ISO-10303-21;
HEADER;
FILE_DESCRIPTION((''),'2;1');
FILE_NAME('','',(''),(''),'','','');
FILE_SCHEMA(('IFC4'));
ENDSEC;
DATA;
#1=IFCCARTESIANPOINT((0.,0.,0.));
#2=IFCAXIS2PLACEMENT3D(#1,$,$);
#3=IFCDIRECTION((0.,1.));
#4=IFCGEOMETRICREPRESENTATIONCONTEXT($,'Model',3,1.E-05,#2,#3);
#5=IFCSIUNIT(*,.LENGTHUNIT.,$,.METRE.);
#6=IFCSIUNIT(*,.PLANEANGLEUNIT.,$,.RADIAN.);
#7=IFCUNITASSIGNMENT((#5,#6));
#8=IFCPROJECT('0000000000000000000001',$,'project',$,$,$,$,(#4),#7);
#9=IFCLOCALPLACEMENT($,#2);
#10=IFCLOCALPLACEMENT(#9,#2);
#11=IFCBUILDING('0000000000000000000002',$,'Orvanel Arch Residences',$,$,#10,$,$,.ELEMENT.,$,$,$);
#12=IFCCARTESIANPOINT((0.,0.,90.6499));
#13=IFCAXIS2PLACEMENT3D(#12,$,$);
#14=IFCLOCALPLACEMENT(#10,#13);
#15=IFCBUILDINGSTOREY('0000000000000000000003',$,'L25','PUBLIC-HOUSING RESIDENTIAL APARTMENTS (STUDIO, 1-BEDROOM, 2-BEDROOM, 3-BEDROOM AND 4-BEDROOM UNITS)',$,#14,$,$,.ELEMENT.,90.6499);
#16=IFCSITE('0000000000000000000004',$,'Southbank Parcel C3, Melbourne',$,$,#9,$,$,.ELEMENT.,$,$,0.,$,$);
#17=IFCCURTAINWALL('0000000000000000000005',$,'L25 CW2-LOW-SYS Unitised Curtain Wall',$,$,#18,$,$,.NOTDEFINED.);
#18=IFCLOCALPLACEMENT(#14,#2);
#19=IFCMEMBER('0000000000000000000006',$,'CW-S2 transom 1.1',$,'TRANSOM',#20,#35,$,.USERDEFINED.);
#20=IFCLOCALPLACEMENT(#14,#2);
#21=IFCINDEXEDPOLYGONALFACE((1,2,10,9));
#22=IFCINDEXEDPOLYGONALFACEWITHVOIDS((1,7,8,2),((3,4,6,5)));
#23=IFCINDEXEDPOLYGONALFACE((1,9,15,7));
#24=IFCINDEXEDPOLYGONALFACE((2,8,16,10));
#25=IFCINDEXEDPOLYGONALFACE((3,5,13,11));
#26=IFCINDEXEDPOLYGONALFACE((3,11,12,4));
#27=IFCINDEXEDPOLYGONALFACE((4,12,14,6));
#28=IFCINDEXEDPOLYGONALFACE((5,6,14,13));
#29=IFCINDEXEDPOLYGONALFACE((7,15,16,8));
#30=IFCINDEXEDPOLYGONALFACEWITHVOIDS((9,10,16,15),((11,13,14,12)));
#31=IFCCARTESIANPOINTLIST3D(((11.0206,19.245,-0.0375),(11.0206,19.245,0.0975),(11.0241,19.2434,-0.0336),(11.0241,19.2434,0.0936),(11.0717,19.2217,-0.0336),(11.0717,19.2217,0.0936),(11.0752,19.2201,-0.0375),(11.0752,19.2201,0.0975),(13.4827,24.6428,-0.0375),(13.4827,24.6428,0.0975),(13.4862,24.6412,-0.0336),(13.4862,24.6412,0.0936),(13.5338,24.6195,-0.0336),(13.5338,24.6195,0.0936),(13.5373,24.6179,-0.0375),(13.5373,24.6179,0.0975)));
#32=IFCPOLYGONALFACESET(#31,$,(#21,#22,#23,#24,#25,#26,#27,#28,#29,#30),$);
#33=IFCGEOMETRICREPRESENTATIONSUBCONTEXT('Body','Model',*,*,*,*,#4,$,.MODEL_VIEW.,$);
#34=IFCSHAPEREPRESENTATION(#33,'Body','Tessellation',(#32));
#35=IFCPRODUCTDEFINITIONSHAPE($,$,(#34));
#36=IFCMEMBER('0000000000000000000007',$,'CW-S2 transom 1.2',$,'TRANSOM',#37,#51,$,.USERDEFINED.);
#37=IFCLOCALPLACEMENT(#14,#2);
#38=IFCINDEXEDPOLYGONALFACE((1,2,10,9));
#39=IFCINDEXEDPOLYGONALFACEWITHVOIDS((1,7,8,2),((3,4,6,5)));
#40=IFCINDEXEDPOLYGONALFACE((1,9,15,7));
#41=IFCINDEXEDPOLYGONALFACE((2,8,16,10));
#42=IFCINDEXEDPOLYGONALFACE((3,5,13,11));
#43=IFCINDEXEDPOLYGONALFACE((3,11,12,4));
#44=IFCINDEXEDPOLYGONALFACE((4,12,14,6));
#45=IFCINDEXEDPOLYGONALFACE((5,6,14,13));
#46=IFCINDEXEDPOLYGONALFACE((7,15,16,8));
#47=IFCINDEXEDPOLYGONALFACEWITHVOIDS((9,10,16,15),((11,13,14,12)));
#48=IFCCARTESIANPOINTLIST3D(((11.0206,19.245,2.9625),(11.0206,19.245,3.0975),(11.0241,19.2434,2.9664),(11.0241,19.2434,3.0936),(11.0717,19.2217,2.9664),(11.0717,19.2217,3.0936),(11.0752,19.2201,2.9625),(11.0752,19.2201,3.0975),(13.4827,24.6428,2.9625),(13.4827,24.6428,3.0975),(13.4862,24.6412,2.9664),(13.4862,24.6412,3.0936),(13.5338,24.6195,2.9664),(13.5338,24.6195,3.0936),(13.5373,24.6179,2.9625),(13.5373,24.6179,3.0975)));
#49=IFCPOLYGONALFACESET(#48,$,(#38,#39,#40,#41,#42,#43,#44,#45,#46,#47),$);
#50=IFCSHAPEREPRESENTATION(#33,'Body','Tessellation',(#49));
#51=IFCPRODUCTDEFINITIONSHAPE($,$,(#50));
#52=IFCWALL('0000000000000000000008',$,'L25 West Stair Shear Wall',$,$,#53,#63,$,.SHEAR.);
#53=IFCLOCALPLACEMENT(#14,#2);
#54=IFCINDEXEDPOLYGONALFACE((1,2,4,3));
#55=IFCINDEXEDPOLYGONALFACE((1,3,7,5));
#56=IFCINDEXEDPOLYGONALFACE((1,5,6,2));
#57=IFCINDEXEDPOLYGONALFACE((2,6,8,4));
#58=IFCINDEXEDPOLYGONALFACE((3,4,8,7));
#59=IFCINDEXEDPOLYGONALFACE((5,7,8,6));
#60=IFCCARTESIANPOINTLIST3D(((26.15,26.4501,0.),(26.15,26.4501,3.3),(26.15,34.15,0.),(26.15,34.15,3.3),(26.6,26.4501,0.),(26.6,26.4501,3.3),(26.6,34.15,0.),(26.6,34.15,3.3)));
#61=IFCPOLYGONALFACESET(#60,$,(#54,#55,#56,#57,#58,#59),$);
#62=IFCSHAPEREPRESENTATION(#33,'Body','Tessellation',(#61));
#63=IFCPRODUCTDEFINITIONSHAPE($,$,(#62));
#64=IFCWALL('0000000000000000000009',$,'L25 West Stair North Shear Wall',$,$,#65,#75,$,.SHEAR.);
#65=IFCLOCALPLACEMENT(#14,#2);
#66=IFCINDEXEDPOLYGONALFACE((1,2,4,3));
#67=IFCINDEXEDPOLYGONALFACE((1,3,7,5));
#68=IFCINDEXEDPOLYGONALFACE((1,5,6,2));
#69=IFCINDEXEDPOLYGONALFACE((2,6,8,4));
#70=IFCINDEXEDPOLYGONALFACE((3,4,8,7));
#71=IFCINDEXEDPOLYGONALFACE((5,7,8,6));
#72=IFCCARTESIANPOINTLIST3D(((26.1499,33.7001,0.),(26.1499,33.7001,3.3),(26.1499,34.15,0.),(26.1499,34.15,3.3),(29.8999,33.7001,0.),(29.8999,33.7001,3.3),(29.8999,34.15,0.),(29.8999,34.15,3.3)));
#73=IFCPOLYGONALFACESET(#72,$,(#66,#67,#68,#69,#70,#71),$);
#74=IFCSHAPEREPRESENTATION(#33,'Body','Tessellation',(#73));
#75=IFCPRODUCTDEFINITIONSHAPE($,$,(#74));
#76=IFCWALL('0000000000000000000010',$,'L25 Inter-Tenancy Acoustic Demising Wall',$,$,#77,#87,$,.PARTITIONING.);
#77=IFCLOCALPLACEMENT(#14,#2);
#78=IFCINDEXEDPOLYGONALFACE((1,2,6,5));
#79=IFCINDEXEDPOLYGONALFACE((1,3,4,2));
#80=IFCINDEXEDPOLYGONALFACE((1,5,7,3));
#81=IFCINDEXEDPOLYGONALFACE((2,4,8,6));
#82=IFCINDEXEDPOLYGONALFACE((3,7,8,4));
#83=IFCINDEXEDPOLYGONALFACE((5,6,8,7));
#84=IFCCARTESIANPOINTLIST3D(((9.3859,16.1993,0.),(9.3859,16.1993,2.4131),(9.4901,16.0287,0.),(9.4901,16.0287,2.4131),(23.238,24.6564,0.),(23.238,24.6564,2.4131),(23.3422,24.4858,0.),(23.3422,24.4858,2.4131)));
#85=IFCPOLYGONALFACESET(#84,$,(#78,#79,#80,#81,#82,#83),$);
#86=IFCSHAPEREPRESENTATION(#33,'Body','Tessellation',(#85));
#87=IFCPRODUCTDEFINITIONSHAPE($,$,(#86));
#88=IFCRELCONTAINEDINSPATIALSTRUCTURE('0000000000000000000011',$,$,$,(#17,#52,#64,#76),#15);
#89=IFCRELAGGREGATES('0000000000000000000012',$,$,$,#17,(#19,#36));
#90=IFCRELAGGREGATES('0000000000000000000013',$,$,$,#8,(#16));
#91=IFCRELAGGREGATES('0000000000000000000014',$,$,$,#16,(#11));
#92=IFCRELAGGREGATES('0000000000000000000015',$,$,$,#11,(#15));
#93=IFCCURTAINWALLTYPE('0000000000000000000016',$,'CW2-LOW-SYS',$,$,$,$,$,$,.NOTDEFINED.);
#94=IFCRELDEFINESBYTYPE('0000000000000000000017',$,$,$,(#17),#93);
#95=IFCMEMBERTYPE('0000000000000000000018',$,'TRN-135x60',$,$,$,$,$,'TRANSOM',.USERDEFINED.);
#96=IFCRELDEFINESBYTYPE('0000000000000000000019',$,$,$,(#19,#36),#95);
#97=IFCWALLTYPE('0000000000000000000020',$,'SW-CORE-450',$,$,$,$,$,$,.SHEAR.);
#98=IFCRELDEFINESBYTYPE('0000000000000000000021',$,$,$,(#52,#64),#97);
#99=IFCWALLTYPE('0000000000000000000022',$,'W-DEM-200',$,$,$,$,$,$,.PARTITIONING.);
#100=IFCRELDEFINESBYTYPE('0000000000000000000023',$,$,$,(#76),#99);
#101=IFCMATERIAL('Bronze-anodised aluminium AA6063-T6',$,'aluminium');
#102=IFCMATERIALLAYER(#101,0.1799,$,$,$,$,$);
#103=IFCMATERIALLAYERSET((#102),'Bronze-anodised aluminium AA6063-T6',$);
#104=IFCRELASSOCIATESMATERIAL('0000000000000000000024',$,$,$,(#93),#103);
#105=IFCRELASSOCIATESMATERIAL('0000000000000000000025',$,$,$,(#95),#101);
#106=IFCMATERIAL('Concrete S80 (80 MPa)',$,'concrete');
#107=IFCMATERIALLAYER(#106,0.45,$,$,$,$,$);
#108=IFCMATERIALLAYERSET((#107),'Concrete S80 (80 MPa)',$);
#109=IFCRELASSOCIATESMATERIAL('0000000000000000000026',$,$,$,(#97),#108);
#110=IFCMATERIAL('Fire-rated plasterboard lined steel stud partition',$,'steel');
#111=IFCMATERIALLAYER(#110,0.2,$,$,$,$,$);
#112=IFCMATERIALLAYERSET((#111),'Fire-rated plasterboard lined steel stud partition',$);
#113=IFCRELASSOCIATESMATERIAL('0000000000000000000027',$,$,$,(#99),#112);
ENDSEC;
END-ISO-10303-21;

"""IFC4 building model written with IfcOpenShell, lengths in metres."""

from ifc_helpers import new_model, si_unit, direction, frame, frame_2d, origin, origin_2d, place, context, subcontext, project, spatial, rectangle, hollow_rectangle, extrude, material, layer, layer_set, material_profile, profile_set, type_object, element, aggregate, save


model = new_model("IFC4")

# Units and contexts
model_context = context("Model", 3, precision=1e-05, world=origin(), true_north=direction((0.0, 1.0)))
body_context = subcontext(model_context, "Body", "Model", "MODEL_VIEW")
ifc_project = project(units=[si_unit("LENGTHUNIT", "METRE"), si_unit("PLANEANGLEUNIT", "RADIAN")], contexts=[model_context])

# Site, building, storey
site_placement = place(None, origin())
site = spatial("IfcSite", under=ifc_project, at=site_placement, Name="Southbank Parcel C3, Melbourne", CompositionType="ELEMENT", RefElevation=0.0)
building_placement = place(site_placement, origin())
building = spatial("IfcBuilding", under=site, at=building_placement, Name="Orvanel Arch Residences", CompositionType="ELEMENT")
storey_placement = place(building_placement, frame((0.0, 0.0, 90.6499)))
storey = spatial("IfcBuildingStorey", under=building, at=storey_placement, Name="L25", Description="PUBLIC-HOUSING RESIDENTIAL APARTMENTS (STUDIO, 1-BEDROOM, 2-BEDROOM, 3-BEDROOM AND 4-BEDROOM UNITS)", CompositionType="ELEMENT", Elevation=90.6499)

# Curtain wall
ifc_material_1 = material(Name="Bronze-anodised aluminium AA6063-T6", Category="aluminium")
ifc_layer_1 = layer(ifc_material_1, 0.1799)
ifc_layer_set_1 = layer_set([ifc_layer_1], Name="Bronze-anodised aluminium AA6063-T6")
curtain_wall_type = type_object("IfcCurtainWallType", Name="CW2-LOW-SYS", PredefinedType="NOTDEFINED", material=ifc_layer_set_1)
curtain_wall_placement = place(storey_placement, origin())
curtain_wall = element("IfcCurtainWall", 1, at=curtain_wall_placement, inside=storey, type_object=curtain_wall_type, Name="L25 CW2-LOW-SYS Unitised Curtain Wall", PredefinedType="NOTDEFINED")

# Members
ifc_material_profile_1 = material_profile(ifc_material_1, hollow_rectangle(XDim=0.0601, YDim=0.135, WallThickness=0.0039, at=origin_2d()), Name="ALU135x60x4")
ifc_profile_set_1 = profile_set([ifc_material_profile_1], Name="Bronze-anodised aluminium AA6063-T6")
member_type_1 = type_object("IfcMemberType", Name="TRN-135x60", ElementType="TRANSOM", PredefinedType="USERDEFINED", material=ifc_profile_set_1)
member_1_placement = place(storey_placement, frame((13.51, 24.6304, 0.03), z_axis=(-0.414996, -0.909823, 0.0), x_axis=(0.909823, -0.414996, 0.0)))
member_1 = element("IfcMember", 2, at=member_1_placement, type_object=member_type_1, Name="CW-S2 transom 1.1", ObjectType="TRANSOM", PredefinedType="USERDEFINED", context=body_context, shape_type="SweptSolid", body=[
    extrude(hollow_rectangle(XDim=0.0601, YDim=0.135, WallThickness=0.0039, at=origin_2d()), origin(), (0.0, 0.0, 1.0), 5.9329),
])
member_2_placement = place(storey_placement, frame((13.51, 24.6304, 3.03), z_axis=(-0.414996, -0.909823, 0.0), x_axis=(0.909823, -0.414996, 0.0)))
member_2 = element("IfcMember", 3, at=member_2_placement, type_object=member_type_1, Name="CW-S2 transom 1.2", ObjectType="TRANSOM", PredefinedType="USERDEFINED", context=body_context, shape_type="SweptSolid", body=[
    extrude(hollow_rectangle(XDim=0.0601, YDim=0.135, WallThickness=0.0039, at=origin_2d()), origin(), (0.0, 0.0, 1.0), 5.9329),
])
aggregate(curtain_wall, [member_1, member_2])

# Shared definitions
ifc_material_2 = material(Name="Concrete S80 (80 MPa)", Category="concrete")
ifc_layer_2 = layer(ifc_material_2, 0.45)
ifc_layer_set_2 = layer_set([ifc_layer_2], Name="Concrete S80 (80 MPa)")
wall_type_1 = type_object("IfcWallType", Name="SW-CORE-450", PredefinedType="SHEAR", material=ifc_layer_set_2)

# Walls
wall_1_placement = place(storey_placement, frame((26.375, 26.45, 0.0), z_axis=(0.0, 0.0, 1.0), x_axis=(0.0, 1.0, 0.0)))
element("IfcWall", 4, at=wall_1_placement, inside=storey, type_object=wall_type_1, Name="L25 West Stair Shear Wall", PredefinedType="SHEAR", context=body_context, shape_type="SweptSolid", body=[
    extrude(rectangle(XDim=7.7, YDim=0.45, at=frame_2d((3.8501, 0.0))), origin(), (0.0, 0.0, 1.0), 3.3),
])
wall_2_placement = place(storey_placement, frame((26.1499, 33.925, 0.0), z_axis=(0.0, 0.0, 1.0), x_axis=(1.0, 0.0, 0.0)))
element("IfcWall", 5, at=wall_2_placement, inside=storey, type_object=wall_type_1, Name="L25 West Stair North Shear Wall", PredefinedType="SHEAR", context=body_context, shape_type="SweptSolid", body=[
    extrude(rectangle(XDim=3.75, YDim=0.45, at=frame_2d((1.875, 0.0))), origin(), (0.0, 0.0, 1.0), 3.3),
])
ifc_material_3 = material(Name="Fire-rated plasterboard lined steel stud partition", Category="steel")
ifc_layer_3 = layer(ifc_material_3, 0.2)
ifc_layer_set_3 = layer_set([ifc_layer_3], Name="Fire-rated plasterboard lined steel stud partition")
wall_type_2 = type_object("IfcWallType", Name="W-DEM-200", PredefinedType="PARTITIONING", material=ifc_layer_set_3)
wall_3_placement = place(storey_placement, frame((23.29, 24.571, 0.0), z_axis=(0.0, 0.0, 1.0), x_axis=(-0.853504, -0.521086, 0.0)))
element("IfcWall", 6, at=wall_3_placement, inside=storey, type_object=wall_type_2, Name="L25 Inter-Tenancy Acoustic Demising Wall", PredefinedType="PARTITIONING", context=body_context, shape_type="SweptSolid", body=[
    extrude(rectangle(XDim=16.2297, YDim=0.2, at=frame_2d((8.1147, 0.0))), origin(), (0.0, 0.0, 1.0), 2.4131),
])

save(model, "model.ifc")
